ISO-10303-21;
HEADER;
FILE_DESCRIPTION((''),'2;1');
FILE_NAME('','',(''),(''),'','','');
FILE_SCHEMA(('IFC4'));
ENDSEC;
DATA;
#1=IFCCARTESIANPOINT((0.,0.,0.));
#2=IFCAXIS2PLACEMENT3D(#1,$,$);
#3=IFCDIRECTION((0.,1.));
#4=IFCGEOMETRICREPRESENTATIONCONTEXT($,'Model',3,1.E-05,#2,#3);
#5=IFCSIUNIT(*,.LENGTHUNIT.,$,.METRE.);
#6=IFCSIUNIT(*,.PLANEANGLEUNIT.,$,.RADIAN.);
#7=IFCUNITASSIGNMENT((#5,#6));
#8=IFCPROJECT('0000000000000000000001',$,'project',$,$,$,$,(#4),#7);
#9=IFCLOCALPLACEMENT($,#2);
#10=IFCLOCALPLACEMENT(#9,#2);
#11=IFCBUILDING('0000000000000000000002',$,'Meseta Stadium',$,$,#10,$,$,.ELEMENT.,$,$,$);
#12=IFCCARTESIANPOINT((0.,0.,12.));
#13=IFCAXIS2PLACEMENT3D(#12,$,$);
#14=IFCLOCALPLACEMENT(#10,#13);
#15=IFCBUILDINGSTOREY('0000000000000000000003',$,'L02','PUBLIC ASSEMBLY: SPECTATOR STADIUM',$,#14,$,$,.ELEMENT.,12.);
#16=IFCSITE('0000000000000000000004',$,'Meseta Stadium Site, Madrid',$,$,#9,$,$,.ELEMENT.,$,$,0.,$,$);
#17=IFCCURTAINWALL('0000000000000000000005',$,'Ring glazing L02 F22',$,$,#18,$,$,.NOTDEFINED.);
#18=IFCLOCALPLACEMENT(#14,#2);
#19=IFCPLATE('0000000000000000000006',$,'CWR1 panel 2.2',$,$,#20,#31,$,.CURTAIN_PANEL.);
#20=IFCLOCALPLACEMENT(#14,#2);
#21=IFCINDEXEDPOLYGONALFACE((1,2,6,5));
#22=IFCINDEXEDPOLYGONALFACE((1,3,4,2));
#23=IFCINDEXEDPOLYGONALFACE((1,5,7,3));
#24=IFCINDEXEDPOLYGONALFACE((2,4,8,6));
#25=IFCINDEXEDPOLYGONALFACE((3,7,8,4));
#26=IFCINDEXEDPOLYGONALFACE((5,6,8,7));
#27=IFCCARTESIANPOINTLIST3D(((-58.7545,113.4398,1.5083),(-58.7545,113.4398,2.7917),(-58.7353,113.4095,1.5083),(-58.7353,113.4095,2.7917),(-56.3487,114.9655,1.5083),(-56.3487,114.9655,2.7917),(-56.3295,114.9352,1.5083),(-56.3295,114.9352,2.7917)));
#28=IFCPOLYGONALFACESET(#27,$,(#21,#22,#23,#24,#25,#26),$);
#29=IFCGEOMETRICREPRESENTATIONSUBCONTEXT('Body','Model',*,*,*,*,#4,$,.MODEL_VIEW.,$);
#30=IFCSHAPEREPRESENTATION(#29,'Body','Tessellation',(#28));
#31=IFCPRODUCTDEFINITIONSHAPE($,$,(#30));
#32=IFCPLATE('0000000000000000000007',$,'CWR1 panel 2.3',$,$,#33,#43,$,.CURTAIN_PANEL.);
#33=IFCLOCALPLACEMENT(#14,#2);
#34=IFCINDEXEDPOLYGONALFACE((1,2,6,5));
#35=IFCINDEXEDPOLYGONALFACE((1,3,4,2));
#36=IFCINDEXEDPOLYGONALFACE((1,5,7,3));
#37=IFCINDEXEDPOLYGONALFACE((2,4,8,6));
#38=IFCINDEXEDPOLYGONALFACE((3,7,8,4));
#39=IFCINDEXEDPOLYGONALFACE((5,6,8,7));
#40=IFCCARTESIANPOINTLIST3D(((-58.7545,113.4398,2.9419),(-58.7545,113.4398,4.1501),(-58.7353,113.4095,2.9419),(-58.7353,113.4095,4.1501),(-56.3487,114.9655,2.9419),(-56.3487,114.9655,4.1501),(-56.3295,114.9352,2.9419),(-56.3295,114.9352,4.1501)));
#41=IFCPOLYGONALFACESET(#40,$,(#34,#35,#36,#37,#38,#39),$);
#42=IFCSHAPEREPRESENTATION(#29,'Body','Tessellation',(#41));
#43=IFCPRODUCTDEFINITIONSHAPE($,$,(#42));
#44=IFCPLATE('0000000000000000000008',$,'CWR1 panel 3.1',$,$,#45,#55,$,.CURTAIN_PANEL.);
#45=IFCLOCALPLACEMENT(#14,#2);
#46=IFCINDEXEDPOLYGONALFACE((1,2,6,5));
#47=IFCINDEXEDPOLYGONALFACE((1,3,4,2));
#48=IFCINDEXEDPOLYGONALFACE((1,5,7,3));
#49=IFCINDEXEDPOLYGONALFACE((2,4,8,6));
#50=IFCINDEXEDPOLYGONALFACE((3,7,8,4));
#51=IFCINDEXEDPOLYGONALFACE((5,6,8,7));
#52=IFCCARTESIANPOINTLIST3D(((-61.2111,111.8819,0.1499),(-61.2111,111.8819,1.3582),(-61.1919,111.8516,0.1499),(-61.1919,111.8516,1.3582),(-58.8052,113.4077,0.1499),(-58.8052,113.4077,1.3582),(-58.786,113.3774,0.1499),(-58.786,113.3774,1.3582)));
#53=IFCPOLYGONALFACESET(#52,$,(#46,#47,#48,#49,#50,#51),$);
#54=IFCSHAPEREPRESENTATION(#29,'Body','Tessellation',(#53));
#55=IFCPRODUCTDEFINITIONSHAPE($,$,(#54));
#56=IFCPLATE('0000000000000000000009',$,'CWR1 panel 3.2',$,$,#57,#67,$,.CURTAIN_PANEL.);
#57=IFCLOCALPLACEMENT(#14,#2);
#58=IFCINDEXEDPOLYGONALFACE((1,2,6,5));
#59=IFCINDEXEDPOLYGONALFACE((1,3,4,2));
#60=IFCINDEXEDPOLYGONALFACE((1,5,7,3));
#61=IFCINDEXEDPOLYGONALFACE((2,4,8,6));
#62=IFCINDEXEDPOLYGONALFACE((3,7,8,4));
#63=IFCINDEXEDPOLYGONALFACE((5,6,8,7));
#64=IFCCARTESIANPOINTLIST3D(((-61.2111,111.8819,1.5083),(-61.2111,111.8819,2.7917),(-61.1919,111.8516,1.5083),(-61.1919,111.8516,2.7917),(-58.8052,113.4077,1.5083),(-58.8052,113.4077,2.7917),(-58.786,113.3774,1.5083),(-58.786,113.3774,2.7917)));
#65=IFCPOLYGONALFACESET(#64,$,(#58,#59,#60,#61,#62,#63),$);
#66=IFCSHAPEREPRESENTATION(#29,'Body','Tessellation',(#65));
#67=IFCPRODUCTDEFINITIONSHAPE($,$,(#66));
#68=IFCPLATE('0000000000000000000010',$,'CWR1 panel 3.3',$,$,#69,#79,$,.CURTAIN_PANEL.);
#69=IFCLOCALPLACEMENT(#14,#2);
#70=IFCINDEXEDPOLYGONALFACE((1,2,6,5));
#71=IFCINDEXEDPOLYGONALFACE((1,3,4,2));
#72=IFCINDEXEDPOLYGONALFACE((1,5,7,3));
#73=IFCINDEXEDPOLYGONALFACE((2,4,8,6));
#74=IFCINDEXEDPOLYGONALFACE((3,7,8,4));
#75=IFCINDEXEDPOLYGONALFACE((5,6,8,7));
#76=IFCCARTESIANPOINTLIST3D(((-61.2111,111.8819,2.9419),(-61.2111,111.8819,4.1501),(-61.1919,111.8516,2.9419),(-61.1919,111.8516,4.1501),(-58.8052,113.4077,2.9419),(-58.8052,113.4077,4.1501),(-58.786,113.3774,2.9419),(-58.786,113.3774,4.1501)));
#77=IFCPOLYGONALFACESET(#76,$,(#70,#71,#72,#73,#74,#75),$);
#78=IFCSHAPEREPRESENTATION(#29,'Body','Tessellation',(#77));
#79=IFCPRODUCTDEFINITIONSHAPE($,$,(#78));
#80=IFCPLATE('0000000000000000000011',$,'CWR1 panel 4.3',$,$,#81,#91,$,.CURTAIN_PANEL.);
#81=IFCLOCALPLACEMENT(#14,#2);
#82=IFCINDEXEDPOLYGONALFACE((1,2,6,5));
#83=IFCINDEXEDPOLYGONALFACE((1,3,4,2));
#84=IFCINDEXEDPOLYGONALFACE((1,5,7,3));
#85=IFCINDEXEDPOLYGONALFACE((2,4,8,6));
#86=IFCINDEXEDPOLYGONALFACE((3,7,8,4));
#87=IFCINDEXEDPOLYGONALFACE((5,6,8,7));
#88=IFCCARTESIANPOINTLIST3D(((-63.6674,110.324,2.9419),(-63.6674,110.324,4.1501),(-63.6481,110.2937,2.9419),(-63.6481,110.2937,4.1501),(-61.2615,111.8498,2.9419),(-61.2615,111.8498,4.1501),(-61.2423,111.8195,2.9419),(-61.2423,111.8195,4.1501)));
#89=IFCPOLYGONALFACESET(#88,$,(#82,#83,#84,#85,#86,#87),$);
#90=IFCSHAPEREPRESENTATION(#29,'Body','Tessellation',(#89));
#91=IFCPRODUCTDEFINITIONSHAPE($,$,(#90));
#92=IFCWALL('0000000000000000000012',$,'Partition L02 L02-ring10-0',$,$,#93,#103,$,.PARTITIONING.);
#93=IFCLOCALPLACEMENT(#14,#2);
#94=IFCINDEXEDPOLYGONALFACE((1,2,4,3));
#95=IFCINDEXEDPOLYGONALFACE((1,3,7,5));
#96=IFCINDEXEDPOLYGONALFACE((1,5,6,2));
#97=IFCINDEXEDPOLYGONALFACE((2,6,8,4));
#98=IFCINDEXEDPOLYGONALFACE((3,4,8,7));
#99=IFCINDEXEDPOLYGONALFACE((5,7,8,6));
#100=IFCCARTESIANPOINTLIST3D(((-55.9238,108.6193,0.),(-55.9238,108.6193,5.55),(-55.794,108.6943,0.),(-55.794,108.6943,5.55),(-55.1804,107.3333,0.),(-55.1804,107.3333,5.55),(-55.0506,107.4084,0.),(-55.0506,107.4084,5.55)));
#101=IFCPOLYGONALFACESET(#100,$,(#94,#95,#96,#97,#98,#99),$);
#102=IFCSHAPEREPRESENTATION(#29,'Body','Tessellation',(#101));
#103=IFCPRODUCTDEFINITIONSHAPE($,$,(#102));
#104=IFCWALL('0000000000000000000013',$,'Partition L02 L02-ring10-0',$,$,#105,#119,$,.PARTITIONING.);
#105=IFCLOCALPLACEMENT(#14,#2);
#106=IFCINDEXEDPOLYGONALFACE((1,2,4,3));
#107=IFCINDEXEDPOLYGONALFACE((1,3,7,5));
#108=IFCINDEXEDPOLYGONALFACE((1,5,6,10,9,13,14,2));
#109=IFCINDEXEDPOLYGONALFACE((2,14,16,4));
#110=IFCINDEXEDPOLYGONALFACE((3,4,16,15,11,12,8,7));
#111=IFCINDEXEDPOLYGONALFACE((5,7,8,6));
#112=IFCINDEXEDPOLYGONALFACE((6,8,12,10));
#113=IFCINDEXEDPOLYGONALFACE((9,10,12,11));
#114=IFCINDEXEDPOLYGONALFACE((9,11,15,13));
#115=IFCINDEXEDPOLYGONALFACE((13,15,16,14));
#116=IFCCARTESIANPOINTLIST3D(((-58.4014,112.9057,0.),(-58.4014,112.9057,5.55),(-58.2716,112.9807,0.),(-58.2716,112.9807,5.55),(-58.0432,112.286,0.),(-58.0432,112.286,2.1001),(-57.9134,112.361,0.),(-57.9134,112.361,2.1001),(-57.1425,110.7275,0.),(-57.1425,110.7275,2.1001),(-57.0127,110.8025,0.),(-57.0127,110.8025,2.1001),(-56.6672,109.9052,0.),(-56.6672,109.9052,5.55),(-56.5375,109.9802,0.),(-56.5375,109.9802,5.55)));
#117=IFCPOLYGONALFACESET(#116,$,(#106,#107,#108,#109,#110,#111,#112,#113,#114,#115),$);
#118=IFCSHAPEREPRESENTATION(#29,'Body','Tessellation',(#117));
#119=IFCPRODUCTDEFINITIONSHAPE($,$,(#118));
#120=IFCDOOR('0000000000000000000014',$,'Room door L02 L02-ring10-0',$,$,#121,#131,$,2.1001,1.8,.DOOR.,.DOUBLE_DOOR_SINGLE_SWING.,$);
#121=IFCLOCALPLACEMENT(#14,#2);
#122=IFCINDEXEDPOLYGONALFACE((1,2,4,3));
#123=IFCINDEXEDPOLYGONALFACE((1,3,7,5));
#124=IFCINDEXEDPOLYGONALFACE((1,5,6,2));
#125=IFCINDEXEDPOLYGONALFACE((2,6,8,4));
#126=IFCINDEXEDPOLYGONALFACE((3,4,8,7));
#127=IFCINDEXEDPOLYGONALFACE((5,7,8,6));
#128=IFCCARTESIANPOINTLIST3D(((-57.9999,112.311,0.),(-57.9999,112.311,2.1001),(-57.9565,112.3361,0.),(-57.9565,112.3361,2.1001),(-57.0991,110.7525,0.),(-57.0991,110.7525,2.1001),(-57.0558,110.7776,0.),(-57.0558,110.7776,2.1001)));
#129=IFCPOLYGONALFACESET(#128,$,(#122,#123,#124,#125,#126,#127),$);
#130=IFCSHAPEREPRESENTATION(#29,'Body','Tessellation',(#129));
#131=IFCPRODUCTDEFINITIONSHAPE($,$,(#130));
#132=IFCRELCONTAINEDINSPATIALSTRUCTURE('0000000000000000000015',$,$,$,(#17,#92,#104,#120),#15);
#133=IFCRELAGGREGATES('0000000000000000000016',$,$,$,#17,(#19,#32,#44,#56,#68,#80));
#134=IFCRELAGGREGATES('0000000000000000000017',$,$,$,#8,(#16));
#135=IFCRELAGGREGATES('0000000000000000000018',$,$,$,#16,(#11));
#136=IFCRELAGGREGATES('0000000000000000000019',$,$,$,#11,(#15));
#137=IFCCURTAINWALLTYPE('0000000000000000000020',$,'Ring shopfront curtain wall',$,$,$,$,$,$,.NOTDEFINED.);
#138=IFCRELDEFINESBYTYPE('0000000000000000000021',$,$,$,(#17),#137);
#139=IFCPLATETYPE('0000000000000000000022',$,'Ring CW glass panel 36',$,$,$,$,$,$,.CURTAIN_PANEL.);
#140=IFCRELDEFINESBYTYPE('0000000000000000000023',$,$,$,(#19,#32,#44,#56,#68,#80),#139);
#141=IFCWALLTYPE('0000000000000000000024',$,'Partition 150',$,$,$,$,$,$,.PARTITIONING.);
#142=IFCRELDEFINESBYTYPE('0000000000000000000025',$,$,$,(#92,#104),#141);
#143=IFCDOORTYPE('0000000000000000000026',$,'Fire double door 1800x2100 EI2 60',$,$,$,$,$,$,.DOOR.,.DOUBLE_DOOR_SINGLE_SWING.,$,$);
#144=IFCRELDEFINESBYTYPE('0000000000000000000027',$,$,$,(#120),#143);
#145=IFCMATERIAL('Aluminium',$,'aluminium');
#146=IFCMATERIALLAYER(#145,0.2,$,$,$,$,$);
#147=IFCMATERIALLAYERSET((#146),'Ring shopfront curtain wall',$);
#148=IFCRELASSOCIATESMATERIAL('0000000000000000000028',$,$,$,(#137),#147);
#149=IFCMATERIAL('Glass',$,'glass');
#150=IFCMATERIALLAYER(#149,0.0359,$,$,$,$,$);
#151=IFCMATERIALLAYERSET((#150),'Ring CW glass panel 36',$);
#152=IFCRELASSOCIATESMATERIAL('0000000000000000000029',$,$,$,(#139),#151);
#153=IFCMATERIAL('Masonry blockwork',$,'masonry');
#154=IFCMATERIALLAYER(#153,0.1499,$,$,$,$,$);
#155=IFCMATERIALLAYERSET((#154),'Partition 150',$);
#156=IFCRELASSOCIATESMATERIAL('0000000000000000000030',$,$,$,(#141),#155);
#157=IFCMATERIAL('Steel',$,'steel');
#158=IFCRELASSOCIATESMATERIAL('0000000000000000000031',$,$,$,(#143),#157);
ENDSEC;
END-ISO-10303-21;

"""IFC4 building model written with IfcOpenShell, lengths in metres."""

from ifc_helpers import new_model, si_unit, direction, frame, frame_2d, origin, origin_2d, place, context, subcontext, project, spatial, rectangle, extrude, material, layer, layer_set, type_object, element, fill, aggregate, save


model = new_model("IFC4")

# Units and contexts
model_context = context("Model", 3, precision=1e-05, world=origin(), true_north=direction((0.0, 1.0)))
body_context = subcontext(model_context, "Body", "Model", "MODEL_VIEW")
ifc_project = project(units=[si_unit("LENGTHUNIT", "METRE"), si_unit("PLANEANGLEUNIT", "RADIAN")], contexts=[model_context])

# Site, building, storey
site_placement = place(None, origin())
site = spatial("IfcSite", under=ifc_project, at=site_placement, Name="Meseta Stadium Site, Madrid", CompositionType="ELEMENT", RefElevation=0.0)
building_placement = place(site_placement, origin())
building = spatial("IfcBuilding", under=site, at=building_placement, Name="Meseta Stadium", CompositionType="ELEMENT")
storey_placement = place(building_placement, frame((0.0, 0.0, 12.0)))
storey = spatial("IfcBuildingStorey", under=building, at=storey_placement, Name="L02", Description="PUBLIC ASSEMBLY: SPECTATOR STADIUM", CompositionType="ELEMENT", Elevation=12.0)

# Curtain wall, plates
ifc_material_1 = material(Name="Aluminium", Category="aluminium")
ifc_layer_1 = layer(ifc_material_1, 0.2)
ifc_layer_set_1 = layer_set([ifc_layer_1], Name="Ring shopfront curtain wall")
curtain_wall_type = type_object("IfcCurtainWallType", Name="Ring shopfront curtain wall", PredefinedType="NOTDEFINED", material=ifc_layer_set_1)
curtain_wall_placement = place(storey_placement, origin())
curtain_wall = element("IfcCurtainWall", 1, at=curtain_wall_placement, inside=storey, type_object=curtain_wall_type, Name="Ring glazing L02 F22", PredefinedType="NOTDEFINED")
ifc_material_2 = material(Name="Glass", Category="glass")
ifc_layer_2 = layer(ifc_material_2, 0.0359)
ifc_layer_set_2 = layer_set([ifc_layer_2], Name="Ring CW glass panel 36")
plate_type = type_object("IfcPlateType", Name="Ring CW glass panel 36", PredefinedType="CURTAIN_PANEL", material=ifc_layer_set_2)
plate_1_placement = place(storey_placement, frame((-57.542, 114.1875, 1.5083), z_axis=(0.0, 0.0, 1.0), x_axis=(-0.844491, -0.535569, 0.0)))
plate_1 = element("IfcPlate", 2, at=plate_1_placement, type_object=plate_type, Name="CWR1 panel 2.2", PredefinedType="CURTAIN_PANEL", context=body_context, shape_type="SweptSolid", body=[
    extrude(rectangle(XDim=2.8489, YDim=0.0359, at=origin_2d()), origin(), (0.0, 0.0, 1.0), 1.2834),
])
plate_2_placement = place(storey_placement, frame((-57.542, 114.1875, 2.9419), z_axis=(0.0, 0.0, 1.0), x_axis=(-0.844491, -0.535569, 0.0)))
plate_2 = element("IfcPlate", 3, at=plate_2_placement, type_object=plate_type, Name="CWR1 panel 2.3", PredefinedType="CURTAIN_PANEL", context=body_context, shape_type="SweptSolid", body=[
    extrude(rectangle(XDim=2.8489, YDim=0.0359, at=origin_2d()), origin(), (0.0, 0.0, 1.0), 1.2083),
])
plate_3_placement = place(storey_placement, frame((-59.9985, 112.6296, 0.1499), z_axis=(0.0, 0.0, 1.0), x_axis=(-0.844491, -0.535569, 0.0)))
plate_3 = element("IfcPlate", 4, at=plate_3_placement, type_object=plate_type, Name="CWR1 panel 3.1", PredefinedType="CURTAIN_PANEL", context=body_context, shape_type="SweptSolid", body=[
    extrude(rectangle(XDim=2.8489, YDim=0.0359, at=origin_2d()), origin(), (0.0, 0.0, 1.0), 1.2083),
])
plate_4_placement = place(storey_placement, frame((-59.9985, 112.6296, 1.5083), z_axis=(0.0, 0.0, 1.0), x_axis=(-0.844491, -0.535569, 0.0)))
plate_4 = element("IfcPlate", 5, at=plate_4_placement, type_object=plate_type, Name="CWR1 panel 3.2", PredefinedType="CURTAIN_PANEL", context=body_context, shape_type="SweptSolid", body=[
    extrude(rectangle(XDim=2.8489, YDim=0.0359, at=origin_2d()), origin(), (0.0, 0.0, 1.0), 1.2834),
])
plate_5_placement = place(storey_placement, frame((-59.9985, 112.6296, 2.9419), z_axis=(0.0, 0.0, 1.0), x_axis=(-0.844491, -0.535569, 0.0)))
plate_5 = element("IfcPlate", 6, at=plate_5_placement, type_object=plate_type, Name="CWR1 panel 3.3", PredefinedType="CURTAIN_PANEL", context=body_context, shape_type="SweptSolid", body=[
    extrude(rectangle(XDim=2.8489, YDim=0.0359, at=origin_2d()), origin(), (0.0, 0.0, 1.0), 1.2083),
])
plate_6_placement = place(storey_placement, frame((-62.4548, 111.0718, 2.9419), z_axis=(0.0, 0.0, 1.0), x_axis=(-0.844491, -0.535569, 0.0)))
plate_6 = element("IfcPlate", 7, at=plate_6_placement, type_object=plate_type, Name="CWR1 panel 4.3", PredefinedType="CURTAIN_PANEL", context=body_context, shape_type="SweptSolid", body=[
    extrude(rectangle(XDim=2.8489, YDim=0.0359, at=origin_2d()), origin(), (0.0, 0.0, 1.0), 1.2083),
])
aggregate(curtain_wall, [plate_1, plate_2, plate_3, plate_4, plate_5, plate_6])

# Wall
ifc_material_3 = material(Name="Masonry blockwork", Category="masonry")
ifc_layer_3 = layer(ifc_material_3, 0.1499)
ifc_layer_set_3 = layer_set([ifc_layer_3], Name="Partition 150")
wall_type = type_object("IfcWallType", Name="Partition 150", PredefinedType="PARTITIONING", material=ifc_layer_set_3)
wall_1_placement = place(storey_placement, frame((-55.1155, 107.3708, 0.0), z_axis=(0.0, 0.0, 1.0), x_axis=(-0.500505, 0.865734, 0.0)))
element("IfcWall", 8, at=wall_1_placement, inside=storey, type_object=wall_type, Name="Partition L02 L02-ring10-0", PredefinedType="PARTITIONING", context=body_context, shape_type="SweptSolid", body=[
    extrude(rectangle(XDim=1.4854, YDim=0.1499, at=frame_2d((0.7427, 0.0))), origin(), (0.0, 0.0, 1.0), 5.55),
])

# Wall, opening, door
wall_2_placement = place(storey_placement, frame((-56.6023, 109.9426, 0.0), z_axis=(0.0, 0.0, 1.0), x_axis=(-0.500389, 0.865801, 0.0)))
wall_2 = element("IfcWall", 9, at=wall_2_placement, inside=storey, type_object=wall_type, Name="Partition L02 L02-ring10-0", PredefinedType="PARTITIONING", context=body_context, shape_type="SweptSolid", body=[
    extrude(rectangle(XDim=3.4656, YDim=0.1499, at=frame_2d((1.7329, 0.0))), origin(), (0.0, 0.0, 1.0), 5.55),
])
opening_placement = place(wall_2_placement, frame((0.95, 0.0, 0.0)))
opening = element("IfcOpeningElement", 10, at=opening_placement, cuts=wall_2, PredefinedType="OPENING", context=body_context, shape_type="SweptSolid", body=[
    extrude(rectangle(XDim=1.8, YDim=2.1001, at=frame_2d((0.8999, 1.05))), frame((0.0, 0.085, 0.0), z_axis=(0.0, -1.0, 0.0), x_axis=(1.0, 0.0, 0.0)), (0.0, 0.0, 1.0), 0.1699),
])
ifc_material_4 = material(Name="Steel", Category="steel")
door_type = type_object("IfcDoorType", Name="Fire double door 1800x2100 EI2 60", OperationType="DOUBLE_DOOR_SINGLE_SWING", PredefinedType="DOOR", material=ifc_material_4)
door_placement = place(opening_placement, origin())
door = element("IfcDoor", 11, at=door_placement, inside=storey, type_object=door_type, Name="Room door L02 L02-ring10-0", OperationType="DOUBLE_DOOR_SINGLE_SWING", OverallHeight=2.1001, OverallWidth=1.8, PredefinedType="DOOR", context=body_context, shape_type="SweptSolid", body=[
    extrude(rectangle(XDim=1.8, YDim=2.1001, at=frame_2d((0.8999, 1.05))), frame((0.0, 0.0249, 0.0), z_axis=(0.0, -1.0, 0.0), x_axis=(1.0, 0.0, 0.0)), (0.0, 0.0, 1.0), 0.05),
])
fill(opening, door)

save(model, "model.ifc")
